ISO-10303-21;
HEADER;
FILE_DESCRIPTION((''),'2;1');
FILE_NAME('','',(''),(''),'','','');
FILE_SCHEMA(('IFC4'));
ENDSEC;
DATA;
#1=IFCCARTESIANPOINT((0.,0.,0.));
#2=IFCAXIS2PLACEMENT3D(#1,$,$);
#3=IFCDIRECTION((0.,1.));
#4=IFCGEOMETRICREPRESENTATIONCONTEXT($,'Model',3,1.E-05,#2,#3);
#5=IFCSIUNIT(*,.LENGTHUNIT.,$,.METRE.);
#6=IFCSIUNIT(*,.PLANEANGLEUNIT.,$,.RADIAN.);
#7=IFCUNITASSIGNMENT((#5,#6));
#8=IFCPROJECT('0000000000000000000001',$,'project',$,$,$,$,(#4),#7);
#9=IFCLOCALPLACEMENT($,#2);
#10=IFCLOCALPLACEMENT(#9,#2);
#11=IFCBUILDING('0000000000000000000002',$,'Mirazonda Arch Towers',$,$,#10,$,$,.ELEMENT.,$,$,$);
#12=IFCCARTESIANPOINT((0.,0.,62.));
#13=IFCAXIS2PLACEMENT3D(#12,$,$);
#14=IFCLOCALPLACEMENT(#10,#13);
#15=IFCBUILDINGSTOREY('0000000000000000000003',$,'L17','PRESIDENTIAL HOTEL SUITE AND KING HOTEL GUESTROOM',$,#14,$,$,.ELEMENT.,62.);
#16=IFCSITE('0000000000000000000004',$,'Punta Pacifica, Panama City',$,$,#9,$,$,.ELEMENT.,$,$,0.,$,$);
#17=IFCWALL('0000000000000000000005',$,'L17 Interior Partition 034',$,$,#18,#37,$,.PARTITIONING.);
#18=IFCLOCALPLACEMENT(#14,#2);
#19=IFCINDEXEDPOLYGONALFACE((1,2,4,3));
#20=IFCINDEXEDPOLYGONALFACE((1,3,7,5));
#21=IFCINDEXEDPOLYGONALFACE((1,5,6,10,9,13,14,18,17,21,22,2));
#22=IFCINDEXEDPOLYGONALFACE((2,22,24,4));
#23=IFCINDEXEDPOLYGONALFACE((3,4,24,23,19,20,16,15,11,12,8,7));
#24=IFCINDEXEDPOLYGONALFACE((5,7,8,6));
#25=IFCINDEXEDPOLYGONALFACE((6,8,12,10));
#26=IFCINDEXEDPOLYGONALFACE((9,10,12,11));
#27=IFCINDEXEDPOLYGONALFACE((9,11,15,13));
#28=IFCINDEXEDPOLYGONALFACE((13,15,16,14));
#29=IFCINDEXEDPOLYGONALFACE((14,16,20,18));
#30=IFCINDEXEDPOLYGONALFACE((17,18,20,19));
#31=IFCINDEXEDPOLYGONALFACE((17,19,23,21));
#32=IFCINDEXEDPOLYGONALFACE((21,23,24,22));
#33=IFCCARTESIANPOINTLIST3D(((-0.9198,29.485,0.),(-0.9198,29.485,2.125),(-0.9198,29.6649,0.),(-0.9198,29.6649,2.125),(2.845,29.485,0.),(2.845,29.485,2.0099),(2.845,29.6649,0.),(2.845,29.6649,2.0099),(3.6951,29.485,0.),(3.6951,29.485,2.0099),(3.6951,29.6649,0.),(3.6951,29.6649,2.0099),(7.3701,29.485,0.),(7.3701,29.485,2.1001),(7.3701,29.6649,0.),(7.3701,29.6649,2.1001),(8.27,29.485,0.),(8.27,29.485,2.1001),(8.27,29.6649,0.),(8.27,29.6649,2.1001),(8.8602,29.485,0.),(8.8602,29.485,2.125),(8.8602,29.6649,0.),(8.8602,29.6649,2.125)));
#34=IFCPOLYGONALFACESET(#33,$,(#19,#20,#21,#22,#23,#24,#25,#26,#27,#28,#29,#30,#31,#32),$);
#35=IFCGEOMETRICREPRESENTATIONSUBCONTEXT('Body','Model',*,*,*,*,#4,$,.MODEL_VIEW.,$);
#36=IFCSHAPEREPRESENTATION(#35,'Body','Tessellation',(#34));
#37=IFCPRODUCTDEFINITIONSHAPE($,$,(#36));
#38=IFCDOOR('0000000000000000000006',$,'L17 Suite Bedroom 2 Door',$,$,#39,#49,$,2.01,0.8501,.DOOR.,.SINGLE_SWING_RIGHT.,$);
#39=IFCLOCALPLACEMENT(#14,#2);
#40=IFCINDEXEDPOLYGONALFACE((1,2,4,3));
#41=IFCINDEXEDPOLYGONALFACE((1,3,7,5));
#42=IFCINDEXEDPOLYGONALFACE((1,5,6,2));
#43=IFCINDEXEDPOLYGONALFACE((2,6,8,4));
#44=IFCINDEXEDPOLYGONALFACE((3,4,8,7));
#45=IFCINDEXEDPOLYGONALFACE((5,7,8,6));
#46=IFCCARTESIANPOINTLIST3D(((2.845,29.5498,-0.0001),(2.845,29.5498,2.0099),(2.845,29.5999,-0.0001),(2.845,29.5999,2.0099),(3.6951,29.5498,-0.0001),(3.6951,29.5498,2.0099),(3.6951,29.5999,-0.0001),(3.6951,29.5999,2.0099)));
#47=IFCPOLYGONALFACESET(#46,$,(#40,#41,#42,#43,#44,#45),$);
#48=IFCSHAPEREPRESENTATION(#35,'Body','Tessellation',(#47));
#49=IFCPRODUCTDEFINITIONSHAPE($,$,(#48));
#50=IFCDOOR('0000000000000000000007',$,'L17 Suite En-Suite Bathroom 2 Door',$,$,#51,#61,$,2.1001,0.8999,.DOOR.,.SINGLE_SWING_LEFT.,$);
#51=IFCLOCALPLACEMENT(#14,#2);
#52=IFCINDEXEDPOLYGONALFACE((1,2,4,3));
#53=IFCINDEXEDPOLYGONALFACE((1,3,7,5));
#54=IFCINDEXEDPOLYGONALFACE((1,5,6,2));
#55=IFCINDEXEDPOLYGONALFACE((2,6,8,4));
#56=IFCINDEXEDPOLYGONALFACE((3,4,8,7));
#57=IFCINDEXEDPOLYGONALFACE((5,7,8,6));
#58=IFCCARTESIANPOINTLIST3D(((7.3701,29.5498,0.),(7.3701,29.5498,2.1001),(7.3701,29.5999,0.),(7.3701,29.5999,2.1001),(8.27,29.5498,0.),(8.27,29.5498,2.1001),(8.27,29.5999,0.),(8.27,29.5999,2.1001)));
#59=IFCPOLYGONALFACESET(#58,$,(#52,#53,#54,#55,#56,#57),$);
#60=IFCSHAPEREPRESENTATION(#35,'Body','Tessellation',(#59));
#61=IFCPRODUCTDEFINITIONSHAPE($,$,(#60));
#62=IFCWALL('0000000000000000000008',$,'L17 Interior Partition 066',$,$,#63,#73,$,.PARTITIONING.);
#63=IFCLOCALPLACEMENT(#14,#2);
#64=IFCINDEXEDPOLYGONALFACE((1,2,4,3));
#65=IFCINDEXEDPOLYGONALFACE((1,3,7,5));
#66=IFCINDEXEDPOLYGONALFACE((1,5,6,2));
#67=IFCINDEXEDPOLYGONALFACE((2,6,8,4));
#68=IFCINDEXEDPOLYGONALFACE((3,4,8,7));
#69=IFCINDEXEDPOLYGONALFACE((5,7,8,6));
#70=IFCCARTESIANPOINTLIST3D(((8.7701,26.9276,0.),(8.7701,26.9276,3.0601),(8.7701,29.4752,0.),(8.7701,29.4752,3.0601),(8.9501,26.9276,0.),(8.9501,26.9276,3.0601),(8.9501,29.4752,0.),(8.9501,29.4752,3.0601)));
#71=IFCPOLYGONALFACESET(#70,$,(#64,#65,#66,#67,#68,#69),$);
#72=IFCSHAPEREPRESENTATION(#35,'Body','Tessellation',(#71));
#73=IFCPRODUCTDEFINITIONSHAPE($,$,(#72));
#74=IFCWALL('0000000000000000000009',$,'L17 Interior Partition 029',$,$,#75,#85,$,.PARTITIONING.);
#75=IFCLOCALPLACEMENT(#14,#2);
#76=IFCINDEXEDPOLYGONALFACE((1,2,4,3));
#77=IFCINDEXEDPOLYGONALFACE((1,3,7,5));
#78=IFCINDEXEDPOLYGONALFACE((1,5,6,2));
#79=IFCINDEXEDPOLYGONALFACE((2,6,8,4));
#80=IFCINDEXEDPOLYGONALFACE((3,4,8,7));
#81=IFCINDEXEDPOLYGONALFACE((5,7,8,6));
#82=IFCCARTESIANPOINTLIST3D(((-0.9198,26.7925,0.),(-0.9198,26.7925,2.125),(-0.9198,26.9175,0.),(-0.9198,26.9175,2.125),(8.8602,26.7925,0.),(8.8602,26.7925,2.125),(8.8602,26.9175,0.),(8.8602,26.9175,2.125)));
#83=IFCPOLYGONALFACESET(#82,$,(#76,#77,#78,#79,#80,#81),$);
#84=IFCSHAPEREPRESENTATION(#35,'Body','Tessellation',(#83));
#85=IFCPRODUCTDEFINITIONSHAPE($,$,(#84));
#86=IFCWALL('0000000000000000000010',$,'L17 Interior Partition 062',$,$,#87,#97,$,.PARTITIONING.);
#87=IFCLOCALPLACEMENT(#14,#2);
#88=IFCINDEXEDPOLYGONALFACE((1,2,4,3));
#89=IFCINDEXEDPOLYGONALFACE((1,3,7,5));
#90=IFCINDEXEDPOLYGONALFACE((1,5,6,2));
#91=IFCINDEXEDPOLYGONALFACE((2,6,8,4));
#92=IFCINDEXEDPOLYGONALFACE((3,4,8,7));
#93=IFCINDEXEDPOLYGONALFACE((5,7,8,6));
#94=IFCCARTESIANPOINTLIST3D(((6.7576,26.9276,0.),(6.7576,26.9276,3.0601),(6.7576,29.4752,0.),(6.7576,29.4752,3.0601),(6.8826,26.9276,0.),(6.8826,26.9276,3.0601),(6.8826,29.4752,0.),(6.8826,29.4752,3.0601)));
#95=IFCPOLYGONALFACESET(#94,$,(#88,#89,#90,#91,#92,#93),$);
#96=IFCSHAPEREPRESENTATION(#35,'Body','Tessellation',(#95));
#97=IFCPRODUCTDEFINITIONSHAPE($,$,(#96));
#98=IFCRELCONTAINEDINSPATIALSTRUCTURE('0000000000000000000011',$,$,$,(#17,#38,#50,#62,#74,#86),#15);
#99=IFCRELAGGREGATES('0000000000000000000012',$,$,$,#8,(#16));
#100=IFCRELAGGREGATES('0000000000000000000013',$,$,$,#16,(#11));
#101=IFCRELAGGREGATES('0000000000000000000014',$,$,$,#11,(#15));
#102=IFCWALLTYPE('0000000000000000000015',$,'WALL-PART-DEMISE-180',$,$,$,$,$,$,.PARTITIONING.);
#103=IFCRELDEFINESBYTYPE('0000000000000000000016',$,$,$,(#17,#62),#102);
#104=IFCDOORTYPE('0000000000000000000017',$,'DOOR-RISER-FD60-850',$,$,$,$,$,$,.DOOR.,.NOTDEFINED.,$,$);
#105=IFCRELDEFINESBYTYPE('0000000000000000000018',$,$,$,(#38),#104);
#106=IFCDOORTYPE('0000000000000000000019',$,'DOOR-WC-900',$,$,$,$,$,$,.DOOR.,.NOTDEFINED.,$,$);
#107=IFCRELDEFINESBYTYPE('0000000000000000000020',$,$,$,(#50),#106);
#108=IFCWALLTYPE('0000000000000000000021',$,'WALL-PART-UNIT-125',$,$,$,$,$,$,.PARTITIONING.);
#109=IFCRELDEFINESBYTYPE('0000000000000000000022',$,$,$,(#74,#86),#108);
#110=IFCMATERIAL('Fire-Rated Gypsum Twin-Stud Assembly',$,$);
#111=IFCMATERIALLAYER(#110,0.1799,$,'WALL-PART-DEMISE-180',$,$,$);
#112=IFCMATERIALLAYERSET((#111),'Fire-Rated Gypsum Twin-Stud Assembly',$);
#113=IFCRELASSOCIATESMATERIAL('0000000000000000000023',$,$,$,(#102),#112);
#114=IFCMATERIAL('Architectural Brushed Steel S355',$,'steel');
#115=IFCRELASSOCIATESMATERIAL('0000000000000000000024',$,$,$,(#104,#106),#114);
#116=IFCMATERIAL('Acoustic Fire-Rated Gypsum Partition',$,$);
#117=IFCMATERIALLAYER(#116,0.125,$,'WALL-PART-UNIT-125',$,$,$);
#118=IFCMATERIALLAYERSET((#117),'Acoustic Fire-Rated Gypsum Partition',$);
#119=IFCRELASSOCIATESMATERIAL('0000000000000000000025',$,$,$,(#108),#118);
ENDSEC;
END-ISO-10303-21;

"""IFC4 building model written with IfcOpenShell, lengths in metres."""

from ifc_helpers import new_model, si_unit, direction, frame, frame_2d, origin, place, context, subcontext, project, spatial, rectangle, extrude, material, layer, layer_set, type_object, element, fill, save


model = new_model("IFC4")

# Units and contexts
model_context = context("Model", 3, precision=1e-05, world=origin(), true_north=direction((0.0, 1.0)))
body_context = subcontext(model_context, "Body", "Model", "MODEL_VIEW")
ifc_project = project(units=[si_unit("LENGTHUNIT", "METRE"), si_unit("PLANEANGLEUNIT", "RADIAN")], contexts=[model_context])

# Site, building, storey
site_placement = place(None, origin())
site = spatial("IfcSite", under=ifc_project, at=site_placement, Name="Punta Pacifica, Panama City", CompositionType="ELEMENT", RefElevation=0.0)
building_placement = place(site_placement, origin())
building = spatial("IfcBuilding", under=site, at=building_placement, Name="Mirazonda Arch Towers", CompositionType="ELEMENT")
storey_placement = place(building_placement, frame((0.0, 0.0, 62.0)))
storey = spatial("IfcBuildingStorey", under=building, at=storey_placement, Name="L17", Description="PRESIDENTIAL HOTEL SUITE AND KING HOTEL GUESTROOM", CompositionType="ELEMENT", Elevation=62.0)

# Wall, openings, doors
ifc_material_1 = material(Name="Fire-Rated Gypsum Twin-Stud Assembly")
ifc_layer_1 = layer(ifc_material_1, 0.1799, Name="WALL-PART-DEMISE-180")
ifc_layer_set_1 = layer_set([ifc_layer_1], Name="Fire-Rated Gypsum Twin-Stud Assembly")
wall_type_1 = type_object("IfcWallType", Name="WALL-PART-DEMISE-180", PredefinedType="PARTITIONING", material=ifc_layer_set_1)
wall_1_placement = place(storey_placement, frame((-0.9199, 29.575, 0.0), z_axis=(0.0, 0.0, 1.0), x_axis=(1.0, 0.0, 0.0)))
wall_1 = element("IfcWall", 1, at=wall_1_placement, inside=storey, type_object=wall_type_1, Name="L17 Interior Partition 034", PredefinedType="PARTITIONING", context=body_context, shape_type="SweptSolid", body=[
    extrude(rectangle(XDim=9.78, YDim=0.1799, at=frame_2d((4.8901, 0.0))), origin(), (0.0, 0.0, 1.0), 2.125),
])
opening_1_placement = place(wall_1_placement, frame((3.7649, 0.0, 0.0)))
opening_1 = element("IfcOpeningElement", 2, at=opening_1_placement, cuts=wall_1, PredefinedType="OPENING", context=body_context, shape_type="SweptSolid", body=[
    extrude(rectangle(XDim=0.8501, YDim=2.01, at=frame_2d((0.425, 1.0049))), frame((0.0, 0.0999, 0.0), z_axis=(0.0, -1.0, 0.0), x_axis=(1.0, 0.0, 0.0)), (0.0, 0.0, 1.0), 0.2),
])
opening_2_placement = place(wall_1_placement, frame((8.29, 0.0, 0.0)))
opening_2 = element("IfcOpeningElement", 3, at=opening_2_placement, cuts=wall_1, PredefinedType="OPENING", context=body_context, shape_type="SweptSolid", body=[
    extrude(rectangle(XDim=0.8999, YDim=2.1001, at=frame_2d((0.45, 1.05))), frame((0.0, 0.0999, 0.0), z_axis=(0.0, -1.0, 0.0), x_axis=(1.0, 0.0, 0.0)), (0.0, 0.0, 1.0), 0.2),
])
ifc_material_2 = material(Name="Architectural Brushed Steel S355", Category="steel")
door_type_1 = type_object("IfcDoorType", Name="DOOR-RISER-FD60-850", OperationType="NOTDEFINED", PredefinedType="DOOR", material=ifc_material_2)
door_1_placement = place(opening_1_placement, origin())
door_1 = element("IfcDoor", 4, at=door_1_placement, inside=storey, type_object=door_type_1, Name="L17 Suite Bedroom 2 Door", OperationType="SINGLE_SWING_RIGHT", OverallHeight=2.01, OverallWidth=0.8501, PredefinedType="DOOR", context=body_context, shape_type="SweptSolid", body=[
    extrude(rectangle(XDim=0.8501, YDim=2.01, at=frame_2d((0.425, 1.0049))), frame((0.0, 0.0249, 0.0), z_axis=(0.0, -1.0, 0.0), x_axis=(1.0, 0.0, 0.0)), (0.0, 0.0, 1.0), 0.05),
])
fill(opening_1, door_1)
door_type_2 = type_object("IfcDoorType", Name="DOOR-WC-900", OperationType="NOTDEFINED", PredefinedType="DOOR", material=ifc_material_2)
door_2_placement = place(opening_2_placement, origin())
door_2 = element("IfcDoor", 5, at=door_2_placement, inside=storey, type_object=door_type_2, Name="L17 Suite En-Suite Bathroom 2 Door", OperationType="SINGLE_SWING_LEFT", OverallHeight=2.1001, OverallWidth=0.8999, PredefinedType="DOOR", context=body_context, shape_type="SweptSolid", body=[
    extrude(rectangle(XDim=0.8999, YDim=2.1001, at=frame_2d((0.45, 1.05))), frame((0.0, 0.0249, 0.0), z_axis=(0.0, -1.0, 0.0), x_axis=(1.0, 0.0, 0.0)), (0.0, 0.0, 1.0), 0.05),
])
fill(opening_2, door_2)

# Walls
wall_2_placement = place(storey_placement, frame((8.8601, 26.9275, 0.0), z_axis=(0.0, 0.0, 1.0), x_axis=(0.0, 1.0, 0.0)))
element("IfcWall", 6, at=wall_2_placement, inside=storey, type_object=wall_type_1, Name="L17 Interior Partition 066", PredefinedType="PARTITIONING", context=body_context, shape_type="SweptSolid", body=[
    extrude(rectangle(XDim=2.5476, YDim=0.1799, at=frame_2d((1.2739, 0.0))), origin(), (0.0, 0.0, 1.0), 3.0601),
])
ifc_material_3 = material(Name="Acoustic Fire-Rated Gypsum Partition")
ifc_layer_2 = layer(ifc_material_3, 0.125, Name="WALL-PART-UNIT-125")
ifc_layer_set_2 = layer_set([ifc_layer_2], Name="Acoustic Fire-Rated Gypsum Partition")
wall_type_2 = type_object("IfcWallType", Name="WALL-PART-UNIT-125", PredefinedType="PARTITIONING", material=ifc_layer_set_2)
wall_3_placement = place(storey_placement, frame((-0.9199, 26.855, 0.0), z_axis=(0.0, 0.0, 1.0), x_axis=(1.0, 0.0, 0.0)))
element("IfcWall", 7, at=wall_3_placement, inside=storey, type_object=wall_type_2, Name="L17 Interior Partition 029", PredefinedType="PARTITIONING", context=body_context, shape_type="SweptSolid", body=[
    extrude(rectangle(XDim=9.78, YDim=0.125, at=frame_2d((4.8901, 0.0))), origin(), (0.0, 0.0, 1.0), 2.125),
])
wall_4_placement = place(storey_placement, frame((6.8201, 26.9275, 0.0), z_axis=(0.0, 0.0, 1.0), x_axis=(0.0, 1.0, 0.0)))
element("IfcWall", 8, at=wall_4_placement, inside=storey, type_object=wall_type_2, Name="L17 Interior Partition 062", PredefinedType="PARTITIONING", context=body_context, shape_type="SweptSolid", body=[
    extrude(rectangle(XDim=2.5476, YDim=0.125, at=frame_2d((1.2739, 0.0))), origin(), (0.0, 0.0, 1.0), 3.0601),
])

save(model, "model.ifc")
